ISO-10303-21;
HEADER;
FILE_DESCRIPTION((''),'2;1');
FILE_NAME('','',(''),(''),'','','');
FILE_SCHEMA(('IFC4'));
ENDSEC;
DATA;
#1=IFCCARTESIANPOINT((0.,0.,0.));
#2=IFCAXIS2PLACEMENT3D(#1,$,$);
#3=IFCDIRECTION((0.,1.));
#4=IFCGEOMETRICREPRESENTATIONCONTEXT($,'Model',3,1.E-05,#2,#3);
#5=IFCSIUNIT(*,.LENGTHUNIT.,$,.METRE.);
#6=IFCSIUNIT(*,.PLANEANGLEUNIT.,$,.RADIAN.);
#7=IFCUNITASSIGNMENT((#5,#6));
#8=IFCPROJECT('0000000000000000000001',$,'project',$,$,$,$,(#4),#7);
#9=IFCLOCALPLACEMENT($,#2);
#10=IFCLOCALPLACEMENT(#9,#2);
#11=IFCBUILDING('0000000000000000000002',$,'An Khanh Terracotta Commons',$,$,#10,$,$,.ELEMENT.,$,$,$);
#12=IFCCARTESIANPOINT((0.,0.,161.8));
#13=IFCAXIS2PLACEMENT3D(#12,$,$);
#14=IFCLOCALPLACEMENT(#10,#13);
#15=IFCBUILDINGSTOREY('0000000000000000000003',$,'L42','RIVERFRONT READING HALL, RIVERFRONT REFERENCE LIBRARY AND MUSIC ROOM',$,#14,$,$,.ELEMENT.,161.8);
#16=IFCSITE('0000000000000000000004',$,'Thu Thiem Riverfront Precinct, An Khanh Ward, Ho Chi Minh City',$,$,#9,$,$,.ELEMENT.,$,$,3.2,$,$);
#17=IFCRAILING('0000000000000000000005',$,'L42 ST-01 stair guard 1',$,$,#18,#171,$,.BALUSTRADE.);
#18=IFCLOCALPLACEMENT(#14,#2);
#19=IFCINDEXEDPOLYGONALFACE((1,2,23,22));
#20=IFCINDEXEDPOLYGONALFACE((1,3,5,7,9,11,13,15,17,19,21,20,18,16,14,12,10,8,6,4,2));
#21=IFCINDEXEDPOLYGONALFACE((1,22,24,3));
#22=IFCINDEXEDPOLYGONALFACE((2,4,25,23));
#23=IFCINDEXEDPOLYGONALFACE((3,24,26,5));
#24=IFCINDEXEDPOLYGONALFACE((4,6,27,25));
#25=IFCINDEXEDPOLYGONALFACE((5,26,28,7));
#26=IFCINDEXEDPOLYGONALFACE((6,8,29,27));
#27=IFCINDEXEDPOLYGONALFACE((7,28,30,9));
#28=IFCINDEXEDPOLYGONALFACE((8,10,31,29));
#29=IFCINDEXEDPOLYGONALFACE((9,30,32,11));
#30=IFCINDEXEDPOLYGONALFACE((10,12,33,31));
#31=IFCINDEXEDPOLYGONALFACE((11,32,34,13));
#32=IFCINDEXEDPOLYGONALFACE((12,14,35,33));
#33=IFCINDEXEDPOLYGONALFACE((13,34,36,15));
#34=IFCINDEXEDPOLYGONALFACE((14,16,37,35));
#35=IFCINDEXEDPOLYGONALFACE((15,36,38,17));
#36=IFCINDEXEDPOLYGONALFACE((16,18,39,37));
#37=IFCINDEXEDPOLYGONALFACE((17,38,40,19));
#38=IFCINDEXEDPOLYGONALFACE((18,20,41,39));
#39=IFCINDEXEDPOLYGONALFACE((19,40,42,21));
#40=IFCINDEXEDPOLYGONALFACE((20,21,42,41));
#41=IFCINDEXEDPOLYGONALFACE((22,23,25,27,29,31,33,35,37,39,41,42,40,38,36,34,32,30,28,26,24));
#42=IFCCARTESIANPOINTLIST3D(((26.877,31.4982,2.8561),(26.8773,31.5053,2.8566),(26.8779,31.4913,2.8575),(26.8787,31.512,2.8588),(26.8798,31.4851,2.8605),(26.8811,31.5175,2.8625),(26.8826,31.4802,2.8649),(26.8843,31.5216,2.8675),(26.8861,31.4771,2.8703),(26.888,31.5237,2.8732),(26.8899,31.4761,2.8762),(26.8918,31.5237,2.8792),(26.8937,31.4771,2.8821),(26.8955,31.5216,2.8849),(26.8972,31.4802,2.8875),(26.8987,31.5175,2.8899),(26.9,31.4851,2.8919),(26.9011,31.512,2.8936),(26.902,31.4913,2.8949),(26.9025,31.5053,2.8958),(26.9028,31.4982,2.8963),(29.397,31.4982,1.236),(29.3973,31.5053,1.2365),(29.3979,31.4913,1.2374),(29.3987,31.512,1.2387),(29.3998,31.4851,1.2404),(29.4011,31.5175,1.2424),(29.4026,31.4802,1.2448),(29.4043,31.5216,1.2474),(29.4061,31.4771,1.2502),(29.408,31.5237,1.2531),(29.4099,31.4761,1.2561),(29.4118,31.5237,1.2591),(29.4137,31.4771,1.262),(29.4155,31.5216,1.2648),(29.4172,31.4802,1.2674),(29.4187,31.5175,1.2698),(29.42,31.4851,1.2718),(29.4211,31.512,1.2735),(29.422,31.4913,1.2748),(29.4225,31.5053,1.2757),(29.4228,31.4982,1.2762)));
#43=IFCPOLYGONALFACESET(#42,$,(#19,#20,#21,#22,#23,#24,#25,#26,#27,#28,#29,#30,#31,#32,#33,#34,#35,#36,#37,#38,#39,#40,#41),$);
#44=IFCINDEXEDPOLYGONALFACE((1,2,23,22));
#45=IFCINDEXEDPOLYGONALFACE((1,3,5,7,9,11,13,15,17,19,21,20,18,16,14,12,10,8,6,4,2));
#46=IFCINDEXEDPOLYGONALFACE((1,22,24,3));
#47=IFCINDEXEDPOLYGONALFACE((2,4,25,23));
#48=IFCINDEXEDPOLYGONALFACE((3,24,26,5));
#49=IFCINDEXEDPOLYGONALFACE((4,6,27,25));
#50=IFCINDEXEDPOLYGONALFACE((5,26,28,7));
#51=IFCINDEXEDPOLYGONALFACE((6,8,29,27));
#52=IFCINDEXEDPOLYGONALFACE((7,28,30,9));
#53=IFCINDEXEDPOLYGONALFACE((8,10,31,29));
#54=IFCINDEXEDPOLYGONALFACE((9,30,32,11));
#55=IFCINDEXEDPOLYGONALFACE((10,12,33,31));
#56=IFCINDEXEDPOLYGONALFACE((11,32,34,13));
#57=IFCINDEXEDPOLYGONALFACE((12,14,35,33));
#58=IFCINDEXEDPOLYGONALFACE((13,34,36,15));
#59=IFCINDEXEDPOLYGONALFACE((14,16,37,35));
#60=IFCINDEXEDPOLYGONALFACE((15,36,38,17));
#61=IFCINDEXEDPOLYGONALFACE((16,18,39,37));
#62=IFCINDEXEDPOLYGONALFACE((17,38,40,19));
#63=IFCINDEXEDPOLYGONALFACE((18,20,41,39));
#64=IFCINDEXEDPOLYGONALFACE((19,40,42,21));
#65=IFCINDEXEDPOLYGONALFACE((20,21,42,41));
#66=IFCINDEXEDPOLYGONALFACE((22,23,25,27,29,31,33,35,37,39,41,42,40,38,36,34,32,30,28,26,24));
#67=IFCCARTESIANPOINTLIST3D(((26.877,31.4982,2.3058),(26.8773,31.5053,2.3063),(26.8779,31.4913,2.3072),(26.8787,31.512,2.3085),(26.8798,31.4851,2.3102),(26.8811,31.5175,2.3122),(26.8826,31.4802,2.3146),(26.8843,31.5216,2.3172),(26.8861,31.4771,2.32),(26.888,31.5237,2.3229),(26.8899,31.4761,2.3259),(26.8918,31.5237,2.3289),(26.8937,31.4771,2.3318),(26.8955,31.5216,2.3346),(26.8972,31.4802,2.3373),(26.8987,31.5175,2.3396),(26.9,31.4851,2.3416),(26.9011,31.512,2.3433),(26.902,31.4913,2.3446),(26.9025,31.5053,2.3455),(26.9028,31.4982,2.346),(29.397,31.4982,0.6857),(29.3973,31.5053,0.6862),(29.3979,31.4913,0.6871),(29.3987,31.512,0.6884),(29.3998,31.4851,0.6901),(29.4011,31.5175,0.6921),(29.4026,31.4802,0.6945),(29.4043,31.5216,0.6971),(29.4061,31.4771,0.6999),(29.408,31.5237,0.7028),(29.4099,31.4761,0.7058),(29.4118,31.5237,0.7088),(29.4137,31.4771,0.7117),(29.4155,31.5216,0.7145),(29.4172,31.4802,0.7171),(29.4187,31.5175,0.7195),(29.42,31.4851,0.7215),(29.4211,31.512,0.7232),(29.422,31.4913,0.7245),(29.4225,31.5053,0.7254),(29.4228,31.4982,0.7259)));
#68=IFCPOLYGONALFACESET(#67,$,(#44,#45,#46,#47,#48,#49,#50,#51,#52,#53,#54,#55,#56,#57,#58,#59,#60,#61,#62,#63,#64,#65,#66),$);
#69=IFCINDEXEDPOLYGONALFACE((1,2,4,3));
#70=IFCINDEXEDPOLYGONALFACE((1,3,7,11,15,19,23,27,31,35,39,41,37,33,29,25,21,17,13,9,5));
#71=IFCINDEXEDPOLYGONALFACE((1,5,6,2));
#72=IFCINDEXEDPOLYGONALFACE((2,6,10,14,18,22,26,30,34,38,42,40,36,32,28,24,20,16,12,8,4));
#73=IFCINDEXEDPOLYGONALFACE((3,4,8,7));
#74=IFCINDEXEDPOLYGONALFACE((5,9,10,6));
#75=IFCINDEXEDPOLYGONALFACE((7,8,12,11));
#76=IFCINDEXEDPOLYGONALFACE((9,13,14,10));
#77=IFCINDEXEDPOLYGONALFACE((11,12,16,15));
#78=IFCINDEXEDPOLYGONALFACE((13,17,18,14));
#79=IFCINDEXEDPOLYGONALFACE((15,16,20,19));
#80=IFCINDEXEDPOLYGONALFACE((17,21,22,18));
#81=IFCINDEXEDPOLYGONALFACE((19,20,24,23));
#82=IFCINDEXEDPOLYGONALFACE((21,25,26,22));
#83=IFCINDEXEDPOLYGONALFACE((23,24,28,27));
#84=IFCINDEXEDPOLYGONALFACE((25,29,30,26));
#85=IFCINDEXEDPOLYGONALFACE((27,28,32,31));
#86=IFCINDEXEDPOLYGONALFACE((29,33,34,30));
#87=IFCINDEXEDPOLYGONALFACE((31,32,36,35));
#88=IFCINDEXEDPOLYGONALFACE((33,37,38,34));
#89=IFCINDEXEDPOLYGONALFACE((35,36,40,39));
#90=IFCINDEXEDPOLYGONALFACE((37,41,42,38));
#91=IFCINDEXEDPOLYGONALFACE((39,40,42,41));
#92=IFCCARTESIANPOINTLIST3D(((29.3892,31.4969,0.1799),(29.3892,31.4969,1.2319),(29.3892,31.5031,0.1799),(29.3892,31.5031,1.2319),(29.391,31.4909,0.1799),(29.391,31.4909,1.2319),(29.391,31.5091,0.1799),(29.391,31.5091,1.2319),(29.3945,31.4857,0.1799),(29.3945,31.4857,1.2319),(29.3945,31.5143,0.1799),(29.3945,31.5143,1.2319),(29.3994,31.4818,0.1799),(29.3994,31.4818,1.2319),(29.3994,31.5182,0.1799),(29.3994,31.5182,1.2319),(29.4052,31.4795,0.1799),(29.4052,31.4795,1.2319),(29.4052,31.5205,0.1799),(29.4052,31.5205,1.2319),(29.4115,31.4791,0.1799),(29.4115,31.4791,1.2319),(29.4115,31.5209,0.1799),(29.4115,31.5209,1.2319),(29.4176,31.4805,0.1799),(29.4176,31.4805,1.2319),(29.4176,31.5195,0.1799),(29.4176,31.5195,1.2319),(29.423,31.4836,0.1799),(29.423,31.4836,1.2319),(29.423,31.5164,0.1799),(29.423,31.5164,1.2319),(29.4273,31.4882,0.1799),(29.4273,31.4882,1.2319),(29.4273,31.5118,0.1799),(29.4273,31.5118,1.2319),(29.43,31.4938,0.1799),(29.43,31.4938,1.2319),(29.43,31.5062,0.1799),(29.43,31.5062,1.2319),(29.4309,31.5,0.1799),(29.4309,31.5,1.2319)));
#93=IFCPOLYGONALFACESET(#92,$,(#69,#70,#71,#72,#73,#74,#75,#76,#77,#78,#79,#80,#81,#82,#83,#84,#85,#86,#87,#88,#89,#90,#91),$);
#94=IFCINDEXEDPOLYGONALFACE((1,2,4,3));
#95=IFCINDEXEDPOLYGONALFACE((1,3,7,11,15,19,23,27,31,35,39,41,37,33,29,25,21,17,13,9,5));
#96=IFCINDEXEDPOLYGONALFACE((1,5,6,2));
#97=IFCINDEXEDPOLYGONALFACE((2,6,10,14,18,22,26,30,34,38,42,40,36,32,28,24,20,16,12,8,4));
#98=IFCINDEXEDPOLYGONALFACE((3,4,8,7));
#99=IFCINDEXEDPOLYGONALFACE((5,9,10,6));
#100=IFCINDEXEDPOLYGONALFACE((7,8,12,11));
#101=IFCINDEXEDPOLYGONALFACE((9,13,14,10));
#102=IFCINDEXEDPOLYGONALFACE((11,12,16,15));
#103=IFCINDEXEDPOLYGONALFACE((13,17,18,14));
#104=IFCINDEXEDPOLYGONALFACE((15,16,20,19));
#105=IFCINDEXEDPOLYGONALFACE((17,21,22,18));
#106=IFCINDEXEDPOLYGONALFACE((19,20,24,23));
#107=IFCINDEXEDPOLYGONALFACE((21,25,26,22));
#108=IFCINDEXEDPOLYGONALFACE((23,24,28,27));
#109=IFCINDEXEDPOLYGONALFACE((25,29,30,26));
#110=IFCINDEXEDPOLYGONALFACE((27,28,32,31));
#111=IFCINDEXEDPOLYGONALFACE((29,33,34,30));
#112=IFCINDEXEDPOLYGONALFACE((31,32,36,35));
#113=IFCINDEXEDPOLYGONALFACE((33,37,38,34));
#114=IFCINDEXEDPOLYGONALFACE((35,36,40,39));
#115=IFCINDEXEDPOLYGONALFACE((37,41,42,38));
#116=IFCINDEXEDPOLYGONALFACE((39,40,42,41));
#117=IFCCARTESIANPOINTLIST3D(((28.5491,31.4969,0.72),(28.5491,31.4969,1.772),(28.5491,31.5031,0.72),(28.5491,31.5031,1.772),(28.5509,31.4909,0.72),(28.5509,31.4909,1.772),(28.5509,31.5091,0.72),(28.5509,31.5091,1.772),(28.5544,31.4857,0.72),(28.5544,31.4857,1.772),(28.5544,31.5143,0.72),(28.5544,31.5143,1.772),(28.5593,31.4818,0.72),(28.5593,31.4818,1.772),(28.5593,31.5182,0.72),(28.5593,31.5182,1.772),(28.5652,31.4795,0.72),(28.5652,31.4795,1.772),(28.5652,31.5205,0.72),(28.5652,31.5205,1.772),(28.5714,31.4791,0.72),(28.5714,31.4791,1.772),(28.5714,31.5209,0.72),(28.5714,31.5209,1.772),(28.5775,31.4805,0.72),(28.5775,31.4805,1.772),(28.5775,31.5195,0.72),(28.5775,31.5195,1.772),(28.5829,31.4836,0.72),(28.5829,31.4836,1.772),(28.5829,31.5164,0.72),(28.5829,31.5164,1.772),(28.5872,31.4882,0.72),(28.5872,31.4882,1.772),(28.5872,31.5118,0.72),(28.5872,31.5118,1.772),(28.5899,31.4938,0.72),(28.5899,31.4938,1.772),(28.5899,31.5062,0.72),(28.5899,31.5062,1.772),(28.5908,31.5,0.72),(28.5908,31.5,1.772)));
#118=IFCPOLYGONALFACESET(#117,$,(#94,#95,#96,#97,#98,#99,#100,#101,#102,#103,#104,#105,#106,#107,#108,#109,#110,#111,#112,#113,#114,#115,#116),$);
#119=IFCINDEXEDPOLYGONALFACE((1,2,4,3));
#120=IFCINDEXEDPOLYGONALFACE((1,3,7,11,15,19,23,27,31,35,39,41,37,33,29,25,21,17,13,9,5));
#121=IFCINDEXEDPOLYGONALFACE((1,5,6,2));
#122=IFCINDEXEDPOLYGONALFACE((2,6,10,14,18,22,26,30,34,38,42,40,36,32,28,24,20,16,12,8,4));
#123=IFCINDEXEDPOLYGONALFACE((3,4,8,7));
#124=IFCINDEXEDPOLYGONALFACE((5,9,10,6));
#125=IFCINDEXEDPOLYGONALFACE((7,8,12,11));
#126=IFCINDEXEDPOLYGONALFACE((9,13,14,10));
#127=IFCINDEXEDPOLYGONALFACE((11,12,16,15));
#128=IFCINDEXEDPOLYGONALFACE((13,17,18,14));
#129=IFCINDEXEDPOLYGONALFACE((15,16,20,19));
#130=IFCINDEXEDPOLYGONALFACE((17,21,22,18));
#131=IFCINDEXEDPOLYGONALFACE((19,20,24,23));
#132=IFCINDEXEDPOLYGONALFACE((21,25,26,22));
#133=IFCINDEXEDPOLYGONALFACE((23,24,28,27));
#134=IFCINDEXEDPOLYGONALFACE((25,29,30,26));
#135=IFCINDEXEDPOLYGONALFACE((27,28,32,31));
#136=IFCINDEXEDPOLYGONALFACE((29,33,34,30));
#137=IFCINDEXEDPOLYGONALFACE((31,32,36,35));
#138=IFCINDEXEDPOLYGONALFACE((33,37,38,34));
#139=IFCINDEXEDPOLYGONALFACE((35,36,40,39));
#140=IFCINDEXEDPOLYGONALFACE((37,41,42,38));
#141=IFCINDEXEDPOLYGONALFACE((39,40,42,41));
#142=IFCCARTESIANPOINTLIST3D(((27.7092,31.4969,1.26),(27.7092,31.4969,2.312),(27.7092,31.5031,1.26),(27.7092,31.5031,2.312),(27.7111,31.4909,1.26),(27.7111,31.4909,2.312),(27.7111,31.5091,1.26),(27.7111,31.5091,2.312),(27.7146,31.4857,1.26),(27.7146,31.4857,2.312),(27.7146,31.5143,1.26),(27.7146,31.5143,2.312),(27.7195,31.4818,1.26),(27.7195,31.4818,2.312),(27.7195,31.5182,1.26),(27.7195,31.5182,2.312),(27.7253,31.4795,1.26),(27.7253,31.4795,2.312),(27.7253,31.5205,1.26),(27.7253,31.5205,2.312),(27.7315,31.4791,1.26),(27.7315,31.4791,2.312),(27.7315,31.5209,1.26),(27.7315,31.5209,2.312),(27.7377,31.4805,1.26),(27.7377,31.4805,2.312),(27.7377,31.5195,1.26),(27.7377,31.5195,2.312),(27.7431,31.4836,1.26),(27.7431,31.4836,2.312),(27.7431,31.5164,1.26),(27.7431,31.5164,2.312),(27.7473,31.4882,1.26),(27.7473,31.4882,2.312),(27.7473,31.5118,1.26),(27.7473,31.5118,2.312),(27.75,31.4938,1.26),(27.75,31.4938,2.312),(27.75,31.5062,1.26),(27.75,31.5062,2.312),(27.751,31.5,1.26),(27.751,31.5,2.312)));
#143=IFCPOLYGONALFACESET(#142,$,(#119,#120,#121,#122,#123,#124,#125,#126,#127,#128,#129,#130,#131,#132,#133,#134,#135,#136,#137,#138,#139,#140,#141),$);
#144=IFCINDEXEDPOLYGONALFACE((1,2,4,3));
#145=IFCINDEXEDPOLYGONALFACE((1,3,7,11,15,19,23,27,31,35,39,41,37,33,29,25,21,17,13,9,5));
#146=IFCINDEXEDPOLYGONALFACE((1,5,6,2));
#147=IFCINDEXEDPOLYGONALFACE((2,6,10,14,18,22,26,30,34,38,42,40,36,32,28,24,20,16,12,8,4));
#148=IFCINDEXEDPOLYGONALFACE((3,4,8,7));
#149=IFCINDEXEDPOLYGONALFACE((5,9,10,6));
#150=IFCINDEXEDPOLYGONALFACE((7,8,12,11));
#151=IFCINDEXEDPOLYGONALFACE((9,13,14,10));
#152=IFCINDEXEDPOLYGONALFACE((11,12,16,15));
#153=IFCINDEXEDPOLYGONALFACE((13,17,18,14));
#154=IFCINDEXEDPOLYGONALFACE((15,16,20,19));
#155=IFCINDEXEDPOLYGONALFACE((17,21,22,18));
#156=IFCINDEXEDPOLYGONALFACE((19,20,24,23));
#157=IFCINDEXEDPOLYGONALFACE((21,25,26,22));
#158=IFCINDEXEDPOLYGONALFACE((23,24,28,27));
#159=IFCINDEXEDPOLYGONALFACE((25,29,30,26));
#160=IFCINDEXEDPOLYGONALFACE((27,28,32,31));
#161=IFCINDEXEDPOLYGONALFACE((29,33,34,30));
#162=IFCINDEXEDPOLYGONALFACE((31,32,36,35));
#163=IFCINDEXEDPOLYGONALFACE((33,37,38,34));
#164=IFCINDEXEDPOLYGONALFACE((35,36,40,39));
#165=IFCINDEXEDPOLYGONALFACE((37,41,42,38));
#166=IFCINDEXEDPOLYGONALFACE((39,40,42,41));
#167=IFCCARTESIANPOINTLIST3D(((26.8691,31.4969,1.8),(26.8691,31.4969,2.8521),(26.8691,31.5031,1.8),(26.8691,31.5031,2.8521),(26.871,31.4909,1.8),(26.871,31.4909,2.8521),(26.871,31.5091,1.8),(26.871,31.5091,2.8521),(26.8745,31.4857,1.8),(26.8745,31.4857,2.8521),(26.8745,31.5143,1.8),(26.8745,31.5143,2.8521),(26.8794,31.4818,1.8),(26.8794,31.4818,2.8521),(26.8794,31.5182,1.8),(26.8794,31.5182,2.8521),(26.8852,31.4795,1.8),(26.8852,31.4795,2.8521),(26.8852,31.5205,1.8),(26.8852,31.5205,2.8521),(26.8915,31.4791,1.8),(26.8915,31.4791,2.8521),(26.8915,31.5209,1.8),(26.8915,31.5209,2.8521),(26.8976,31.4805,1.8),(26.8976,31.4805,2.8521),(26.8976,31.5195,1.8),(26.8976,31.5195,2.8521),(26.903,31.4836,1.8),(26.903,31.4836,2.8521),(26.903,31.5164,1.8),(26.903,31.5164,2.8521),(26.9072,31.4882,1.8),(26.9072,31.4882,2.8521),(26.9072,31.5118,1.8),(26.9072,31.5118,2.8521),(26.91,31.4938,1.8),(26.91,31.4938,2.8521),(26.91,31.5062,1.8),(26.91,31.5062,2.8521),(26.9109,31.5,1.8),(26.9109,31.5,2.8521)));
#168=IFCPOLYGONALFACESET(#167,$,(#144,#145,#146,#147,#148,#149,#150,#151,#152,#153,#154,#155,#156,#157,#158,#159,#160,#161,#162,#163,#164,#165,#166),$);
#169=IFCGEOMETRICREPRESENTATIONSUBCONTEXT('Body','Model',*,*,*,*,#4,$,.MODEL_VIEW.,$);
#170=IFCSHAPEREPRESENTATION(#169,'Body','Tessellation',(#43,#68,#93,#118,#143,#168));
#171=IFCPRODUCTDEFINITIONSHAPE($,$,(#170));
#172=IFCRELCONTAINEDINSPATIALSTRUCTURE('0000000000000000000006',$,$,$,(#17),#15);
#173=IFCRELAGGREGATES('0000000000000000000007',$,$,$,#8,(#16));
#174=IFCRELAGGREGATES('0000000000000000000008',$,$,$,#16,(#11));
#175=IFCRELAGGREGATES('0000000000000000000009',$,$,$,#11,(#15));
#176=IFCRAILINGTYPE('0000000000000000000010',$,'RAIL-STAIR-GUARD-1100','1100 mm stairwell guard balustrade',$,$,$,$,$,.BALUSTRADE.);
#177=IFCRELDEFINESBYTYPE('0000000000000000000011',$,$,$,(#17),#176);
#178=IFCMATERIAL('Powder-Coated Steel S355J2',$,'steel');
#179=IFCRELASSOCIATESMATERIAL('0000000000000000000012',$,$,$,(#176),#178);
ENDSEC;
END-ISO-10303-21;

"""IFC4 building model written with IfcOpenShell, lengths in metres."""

from ifc_helpers import new_model, si_unit, direction, frame, origin, origin_2d, place, context, subcontext, project, spatial, circle, extrude, material, type_object, element, save


model = new_model("IFC4")

# Units and contexts
model_context = context("Model", 3, precision=1e-05, world=origin(), true_north=direction((0.0, 1.0)))
body_context = subcontext(model_context, "Body", "Model", "MODEL_VIEW")
ifc_project = project(units=[si_unit("LENGTHUNIT", "METRE"), si_unit("PLANEANGLEUNIT", "RADIAN")], contexts=[model_context])

# Site, building, storey
site_placement = place(None, origin())
site = spatial("IfcSite", under=ifc_project, at=site_placement, Name="Thu Thiem Riverfront Precinct, An Khanh Ward, Ho Chi Minh City", CompositionType="ELEMENT", RefElevation=3.2)
building_placement = place(site_placement, origin())
building = spatial("IfcBuilding", under=site, at=building_placement, Name="An Khanh Terracotta Commons", CompositionType="ELEMENT")
storey_placement = place(building_placement, frame((0.0, 0.0, 161.8)))
storey = spatial("IfcBuildingStorey", under=building, at=storey_placement, Name="L42", Description="RIVERFRONT READING HALL, RIVERFRONT REFERENCE LIBRARY AND MUSIC ROOM", CompositionType="ELEMENT", Elevation=161.8)

# Railing
ifc_material_1 = material(Name="Powder-Coated Steel S355J2", Category="steel")
railing_type_1 = type_object("IfcRailingType", Name="RAIL-STAIR-GUARD-1100", Description="1100 mm stairwell guard balustrade", PredefinedType="BALUSTRADE", material=ifc_material_1)
railing_1_placement = place(storey_placement, frame((29.4099, 31.5, 0.1799)))
element("IfcRailing", 1, at=railing_1_placement, inside=storey, type_object=railing_type_1, Name="L42 ST-01 stair guard 1", PredefinedType="BALUSTRADE", context=body_context, shape_type="SweptSolid", body=[
    extrude(circle(Radius=0.0239, at=origin_2d()), frame((0.0, 0.0, 1.0762), z_axis=(-0.841163, 0.0, 0.540782), x_axis=(0.0, -1.0, 0.0)), (0.0, 0.0, 1.0), 2.9958),
    extrude(circle(Radius=0.0239, at=origin_2d()), frame((0.0, 0.0, 0.5259), z_axis=(-0.841163, 0.0, 0.540782), x_axis=(0.0, -1.0, 0.0)), (0.0, 0.0, 1.0), 2.9958),
    extrude(circle(Radius=0.021, at=origin_2d()), origin(), (0.0, 0.0, 1.0), 1.052),
    extrude(circle(Radius=0.021, at=origin_2d()), frame((-0.8401, 0.0, 0.54)), (0.0, 0.0, 1.0), 1.052),
    extrude(circle(Radius=0.021, at=origin_2d()), frame((-1.6799, 0.0, 1.0801)), (0.0, 0.0, 1.0), 1.052),
    extrude(circle(Radius=0.021, at=origin_2d()), frame((-2.52, 0.0, 1.6201)), (0.0, 0.0, 1.0), 1.052),
])

save(model, "model.ifc")
